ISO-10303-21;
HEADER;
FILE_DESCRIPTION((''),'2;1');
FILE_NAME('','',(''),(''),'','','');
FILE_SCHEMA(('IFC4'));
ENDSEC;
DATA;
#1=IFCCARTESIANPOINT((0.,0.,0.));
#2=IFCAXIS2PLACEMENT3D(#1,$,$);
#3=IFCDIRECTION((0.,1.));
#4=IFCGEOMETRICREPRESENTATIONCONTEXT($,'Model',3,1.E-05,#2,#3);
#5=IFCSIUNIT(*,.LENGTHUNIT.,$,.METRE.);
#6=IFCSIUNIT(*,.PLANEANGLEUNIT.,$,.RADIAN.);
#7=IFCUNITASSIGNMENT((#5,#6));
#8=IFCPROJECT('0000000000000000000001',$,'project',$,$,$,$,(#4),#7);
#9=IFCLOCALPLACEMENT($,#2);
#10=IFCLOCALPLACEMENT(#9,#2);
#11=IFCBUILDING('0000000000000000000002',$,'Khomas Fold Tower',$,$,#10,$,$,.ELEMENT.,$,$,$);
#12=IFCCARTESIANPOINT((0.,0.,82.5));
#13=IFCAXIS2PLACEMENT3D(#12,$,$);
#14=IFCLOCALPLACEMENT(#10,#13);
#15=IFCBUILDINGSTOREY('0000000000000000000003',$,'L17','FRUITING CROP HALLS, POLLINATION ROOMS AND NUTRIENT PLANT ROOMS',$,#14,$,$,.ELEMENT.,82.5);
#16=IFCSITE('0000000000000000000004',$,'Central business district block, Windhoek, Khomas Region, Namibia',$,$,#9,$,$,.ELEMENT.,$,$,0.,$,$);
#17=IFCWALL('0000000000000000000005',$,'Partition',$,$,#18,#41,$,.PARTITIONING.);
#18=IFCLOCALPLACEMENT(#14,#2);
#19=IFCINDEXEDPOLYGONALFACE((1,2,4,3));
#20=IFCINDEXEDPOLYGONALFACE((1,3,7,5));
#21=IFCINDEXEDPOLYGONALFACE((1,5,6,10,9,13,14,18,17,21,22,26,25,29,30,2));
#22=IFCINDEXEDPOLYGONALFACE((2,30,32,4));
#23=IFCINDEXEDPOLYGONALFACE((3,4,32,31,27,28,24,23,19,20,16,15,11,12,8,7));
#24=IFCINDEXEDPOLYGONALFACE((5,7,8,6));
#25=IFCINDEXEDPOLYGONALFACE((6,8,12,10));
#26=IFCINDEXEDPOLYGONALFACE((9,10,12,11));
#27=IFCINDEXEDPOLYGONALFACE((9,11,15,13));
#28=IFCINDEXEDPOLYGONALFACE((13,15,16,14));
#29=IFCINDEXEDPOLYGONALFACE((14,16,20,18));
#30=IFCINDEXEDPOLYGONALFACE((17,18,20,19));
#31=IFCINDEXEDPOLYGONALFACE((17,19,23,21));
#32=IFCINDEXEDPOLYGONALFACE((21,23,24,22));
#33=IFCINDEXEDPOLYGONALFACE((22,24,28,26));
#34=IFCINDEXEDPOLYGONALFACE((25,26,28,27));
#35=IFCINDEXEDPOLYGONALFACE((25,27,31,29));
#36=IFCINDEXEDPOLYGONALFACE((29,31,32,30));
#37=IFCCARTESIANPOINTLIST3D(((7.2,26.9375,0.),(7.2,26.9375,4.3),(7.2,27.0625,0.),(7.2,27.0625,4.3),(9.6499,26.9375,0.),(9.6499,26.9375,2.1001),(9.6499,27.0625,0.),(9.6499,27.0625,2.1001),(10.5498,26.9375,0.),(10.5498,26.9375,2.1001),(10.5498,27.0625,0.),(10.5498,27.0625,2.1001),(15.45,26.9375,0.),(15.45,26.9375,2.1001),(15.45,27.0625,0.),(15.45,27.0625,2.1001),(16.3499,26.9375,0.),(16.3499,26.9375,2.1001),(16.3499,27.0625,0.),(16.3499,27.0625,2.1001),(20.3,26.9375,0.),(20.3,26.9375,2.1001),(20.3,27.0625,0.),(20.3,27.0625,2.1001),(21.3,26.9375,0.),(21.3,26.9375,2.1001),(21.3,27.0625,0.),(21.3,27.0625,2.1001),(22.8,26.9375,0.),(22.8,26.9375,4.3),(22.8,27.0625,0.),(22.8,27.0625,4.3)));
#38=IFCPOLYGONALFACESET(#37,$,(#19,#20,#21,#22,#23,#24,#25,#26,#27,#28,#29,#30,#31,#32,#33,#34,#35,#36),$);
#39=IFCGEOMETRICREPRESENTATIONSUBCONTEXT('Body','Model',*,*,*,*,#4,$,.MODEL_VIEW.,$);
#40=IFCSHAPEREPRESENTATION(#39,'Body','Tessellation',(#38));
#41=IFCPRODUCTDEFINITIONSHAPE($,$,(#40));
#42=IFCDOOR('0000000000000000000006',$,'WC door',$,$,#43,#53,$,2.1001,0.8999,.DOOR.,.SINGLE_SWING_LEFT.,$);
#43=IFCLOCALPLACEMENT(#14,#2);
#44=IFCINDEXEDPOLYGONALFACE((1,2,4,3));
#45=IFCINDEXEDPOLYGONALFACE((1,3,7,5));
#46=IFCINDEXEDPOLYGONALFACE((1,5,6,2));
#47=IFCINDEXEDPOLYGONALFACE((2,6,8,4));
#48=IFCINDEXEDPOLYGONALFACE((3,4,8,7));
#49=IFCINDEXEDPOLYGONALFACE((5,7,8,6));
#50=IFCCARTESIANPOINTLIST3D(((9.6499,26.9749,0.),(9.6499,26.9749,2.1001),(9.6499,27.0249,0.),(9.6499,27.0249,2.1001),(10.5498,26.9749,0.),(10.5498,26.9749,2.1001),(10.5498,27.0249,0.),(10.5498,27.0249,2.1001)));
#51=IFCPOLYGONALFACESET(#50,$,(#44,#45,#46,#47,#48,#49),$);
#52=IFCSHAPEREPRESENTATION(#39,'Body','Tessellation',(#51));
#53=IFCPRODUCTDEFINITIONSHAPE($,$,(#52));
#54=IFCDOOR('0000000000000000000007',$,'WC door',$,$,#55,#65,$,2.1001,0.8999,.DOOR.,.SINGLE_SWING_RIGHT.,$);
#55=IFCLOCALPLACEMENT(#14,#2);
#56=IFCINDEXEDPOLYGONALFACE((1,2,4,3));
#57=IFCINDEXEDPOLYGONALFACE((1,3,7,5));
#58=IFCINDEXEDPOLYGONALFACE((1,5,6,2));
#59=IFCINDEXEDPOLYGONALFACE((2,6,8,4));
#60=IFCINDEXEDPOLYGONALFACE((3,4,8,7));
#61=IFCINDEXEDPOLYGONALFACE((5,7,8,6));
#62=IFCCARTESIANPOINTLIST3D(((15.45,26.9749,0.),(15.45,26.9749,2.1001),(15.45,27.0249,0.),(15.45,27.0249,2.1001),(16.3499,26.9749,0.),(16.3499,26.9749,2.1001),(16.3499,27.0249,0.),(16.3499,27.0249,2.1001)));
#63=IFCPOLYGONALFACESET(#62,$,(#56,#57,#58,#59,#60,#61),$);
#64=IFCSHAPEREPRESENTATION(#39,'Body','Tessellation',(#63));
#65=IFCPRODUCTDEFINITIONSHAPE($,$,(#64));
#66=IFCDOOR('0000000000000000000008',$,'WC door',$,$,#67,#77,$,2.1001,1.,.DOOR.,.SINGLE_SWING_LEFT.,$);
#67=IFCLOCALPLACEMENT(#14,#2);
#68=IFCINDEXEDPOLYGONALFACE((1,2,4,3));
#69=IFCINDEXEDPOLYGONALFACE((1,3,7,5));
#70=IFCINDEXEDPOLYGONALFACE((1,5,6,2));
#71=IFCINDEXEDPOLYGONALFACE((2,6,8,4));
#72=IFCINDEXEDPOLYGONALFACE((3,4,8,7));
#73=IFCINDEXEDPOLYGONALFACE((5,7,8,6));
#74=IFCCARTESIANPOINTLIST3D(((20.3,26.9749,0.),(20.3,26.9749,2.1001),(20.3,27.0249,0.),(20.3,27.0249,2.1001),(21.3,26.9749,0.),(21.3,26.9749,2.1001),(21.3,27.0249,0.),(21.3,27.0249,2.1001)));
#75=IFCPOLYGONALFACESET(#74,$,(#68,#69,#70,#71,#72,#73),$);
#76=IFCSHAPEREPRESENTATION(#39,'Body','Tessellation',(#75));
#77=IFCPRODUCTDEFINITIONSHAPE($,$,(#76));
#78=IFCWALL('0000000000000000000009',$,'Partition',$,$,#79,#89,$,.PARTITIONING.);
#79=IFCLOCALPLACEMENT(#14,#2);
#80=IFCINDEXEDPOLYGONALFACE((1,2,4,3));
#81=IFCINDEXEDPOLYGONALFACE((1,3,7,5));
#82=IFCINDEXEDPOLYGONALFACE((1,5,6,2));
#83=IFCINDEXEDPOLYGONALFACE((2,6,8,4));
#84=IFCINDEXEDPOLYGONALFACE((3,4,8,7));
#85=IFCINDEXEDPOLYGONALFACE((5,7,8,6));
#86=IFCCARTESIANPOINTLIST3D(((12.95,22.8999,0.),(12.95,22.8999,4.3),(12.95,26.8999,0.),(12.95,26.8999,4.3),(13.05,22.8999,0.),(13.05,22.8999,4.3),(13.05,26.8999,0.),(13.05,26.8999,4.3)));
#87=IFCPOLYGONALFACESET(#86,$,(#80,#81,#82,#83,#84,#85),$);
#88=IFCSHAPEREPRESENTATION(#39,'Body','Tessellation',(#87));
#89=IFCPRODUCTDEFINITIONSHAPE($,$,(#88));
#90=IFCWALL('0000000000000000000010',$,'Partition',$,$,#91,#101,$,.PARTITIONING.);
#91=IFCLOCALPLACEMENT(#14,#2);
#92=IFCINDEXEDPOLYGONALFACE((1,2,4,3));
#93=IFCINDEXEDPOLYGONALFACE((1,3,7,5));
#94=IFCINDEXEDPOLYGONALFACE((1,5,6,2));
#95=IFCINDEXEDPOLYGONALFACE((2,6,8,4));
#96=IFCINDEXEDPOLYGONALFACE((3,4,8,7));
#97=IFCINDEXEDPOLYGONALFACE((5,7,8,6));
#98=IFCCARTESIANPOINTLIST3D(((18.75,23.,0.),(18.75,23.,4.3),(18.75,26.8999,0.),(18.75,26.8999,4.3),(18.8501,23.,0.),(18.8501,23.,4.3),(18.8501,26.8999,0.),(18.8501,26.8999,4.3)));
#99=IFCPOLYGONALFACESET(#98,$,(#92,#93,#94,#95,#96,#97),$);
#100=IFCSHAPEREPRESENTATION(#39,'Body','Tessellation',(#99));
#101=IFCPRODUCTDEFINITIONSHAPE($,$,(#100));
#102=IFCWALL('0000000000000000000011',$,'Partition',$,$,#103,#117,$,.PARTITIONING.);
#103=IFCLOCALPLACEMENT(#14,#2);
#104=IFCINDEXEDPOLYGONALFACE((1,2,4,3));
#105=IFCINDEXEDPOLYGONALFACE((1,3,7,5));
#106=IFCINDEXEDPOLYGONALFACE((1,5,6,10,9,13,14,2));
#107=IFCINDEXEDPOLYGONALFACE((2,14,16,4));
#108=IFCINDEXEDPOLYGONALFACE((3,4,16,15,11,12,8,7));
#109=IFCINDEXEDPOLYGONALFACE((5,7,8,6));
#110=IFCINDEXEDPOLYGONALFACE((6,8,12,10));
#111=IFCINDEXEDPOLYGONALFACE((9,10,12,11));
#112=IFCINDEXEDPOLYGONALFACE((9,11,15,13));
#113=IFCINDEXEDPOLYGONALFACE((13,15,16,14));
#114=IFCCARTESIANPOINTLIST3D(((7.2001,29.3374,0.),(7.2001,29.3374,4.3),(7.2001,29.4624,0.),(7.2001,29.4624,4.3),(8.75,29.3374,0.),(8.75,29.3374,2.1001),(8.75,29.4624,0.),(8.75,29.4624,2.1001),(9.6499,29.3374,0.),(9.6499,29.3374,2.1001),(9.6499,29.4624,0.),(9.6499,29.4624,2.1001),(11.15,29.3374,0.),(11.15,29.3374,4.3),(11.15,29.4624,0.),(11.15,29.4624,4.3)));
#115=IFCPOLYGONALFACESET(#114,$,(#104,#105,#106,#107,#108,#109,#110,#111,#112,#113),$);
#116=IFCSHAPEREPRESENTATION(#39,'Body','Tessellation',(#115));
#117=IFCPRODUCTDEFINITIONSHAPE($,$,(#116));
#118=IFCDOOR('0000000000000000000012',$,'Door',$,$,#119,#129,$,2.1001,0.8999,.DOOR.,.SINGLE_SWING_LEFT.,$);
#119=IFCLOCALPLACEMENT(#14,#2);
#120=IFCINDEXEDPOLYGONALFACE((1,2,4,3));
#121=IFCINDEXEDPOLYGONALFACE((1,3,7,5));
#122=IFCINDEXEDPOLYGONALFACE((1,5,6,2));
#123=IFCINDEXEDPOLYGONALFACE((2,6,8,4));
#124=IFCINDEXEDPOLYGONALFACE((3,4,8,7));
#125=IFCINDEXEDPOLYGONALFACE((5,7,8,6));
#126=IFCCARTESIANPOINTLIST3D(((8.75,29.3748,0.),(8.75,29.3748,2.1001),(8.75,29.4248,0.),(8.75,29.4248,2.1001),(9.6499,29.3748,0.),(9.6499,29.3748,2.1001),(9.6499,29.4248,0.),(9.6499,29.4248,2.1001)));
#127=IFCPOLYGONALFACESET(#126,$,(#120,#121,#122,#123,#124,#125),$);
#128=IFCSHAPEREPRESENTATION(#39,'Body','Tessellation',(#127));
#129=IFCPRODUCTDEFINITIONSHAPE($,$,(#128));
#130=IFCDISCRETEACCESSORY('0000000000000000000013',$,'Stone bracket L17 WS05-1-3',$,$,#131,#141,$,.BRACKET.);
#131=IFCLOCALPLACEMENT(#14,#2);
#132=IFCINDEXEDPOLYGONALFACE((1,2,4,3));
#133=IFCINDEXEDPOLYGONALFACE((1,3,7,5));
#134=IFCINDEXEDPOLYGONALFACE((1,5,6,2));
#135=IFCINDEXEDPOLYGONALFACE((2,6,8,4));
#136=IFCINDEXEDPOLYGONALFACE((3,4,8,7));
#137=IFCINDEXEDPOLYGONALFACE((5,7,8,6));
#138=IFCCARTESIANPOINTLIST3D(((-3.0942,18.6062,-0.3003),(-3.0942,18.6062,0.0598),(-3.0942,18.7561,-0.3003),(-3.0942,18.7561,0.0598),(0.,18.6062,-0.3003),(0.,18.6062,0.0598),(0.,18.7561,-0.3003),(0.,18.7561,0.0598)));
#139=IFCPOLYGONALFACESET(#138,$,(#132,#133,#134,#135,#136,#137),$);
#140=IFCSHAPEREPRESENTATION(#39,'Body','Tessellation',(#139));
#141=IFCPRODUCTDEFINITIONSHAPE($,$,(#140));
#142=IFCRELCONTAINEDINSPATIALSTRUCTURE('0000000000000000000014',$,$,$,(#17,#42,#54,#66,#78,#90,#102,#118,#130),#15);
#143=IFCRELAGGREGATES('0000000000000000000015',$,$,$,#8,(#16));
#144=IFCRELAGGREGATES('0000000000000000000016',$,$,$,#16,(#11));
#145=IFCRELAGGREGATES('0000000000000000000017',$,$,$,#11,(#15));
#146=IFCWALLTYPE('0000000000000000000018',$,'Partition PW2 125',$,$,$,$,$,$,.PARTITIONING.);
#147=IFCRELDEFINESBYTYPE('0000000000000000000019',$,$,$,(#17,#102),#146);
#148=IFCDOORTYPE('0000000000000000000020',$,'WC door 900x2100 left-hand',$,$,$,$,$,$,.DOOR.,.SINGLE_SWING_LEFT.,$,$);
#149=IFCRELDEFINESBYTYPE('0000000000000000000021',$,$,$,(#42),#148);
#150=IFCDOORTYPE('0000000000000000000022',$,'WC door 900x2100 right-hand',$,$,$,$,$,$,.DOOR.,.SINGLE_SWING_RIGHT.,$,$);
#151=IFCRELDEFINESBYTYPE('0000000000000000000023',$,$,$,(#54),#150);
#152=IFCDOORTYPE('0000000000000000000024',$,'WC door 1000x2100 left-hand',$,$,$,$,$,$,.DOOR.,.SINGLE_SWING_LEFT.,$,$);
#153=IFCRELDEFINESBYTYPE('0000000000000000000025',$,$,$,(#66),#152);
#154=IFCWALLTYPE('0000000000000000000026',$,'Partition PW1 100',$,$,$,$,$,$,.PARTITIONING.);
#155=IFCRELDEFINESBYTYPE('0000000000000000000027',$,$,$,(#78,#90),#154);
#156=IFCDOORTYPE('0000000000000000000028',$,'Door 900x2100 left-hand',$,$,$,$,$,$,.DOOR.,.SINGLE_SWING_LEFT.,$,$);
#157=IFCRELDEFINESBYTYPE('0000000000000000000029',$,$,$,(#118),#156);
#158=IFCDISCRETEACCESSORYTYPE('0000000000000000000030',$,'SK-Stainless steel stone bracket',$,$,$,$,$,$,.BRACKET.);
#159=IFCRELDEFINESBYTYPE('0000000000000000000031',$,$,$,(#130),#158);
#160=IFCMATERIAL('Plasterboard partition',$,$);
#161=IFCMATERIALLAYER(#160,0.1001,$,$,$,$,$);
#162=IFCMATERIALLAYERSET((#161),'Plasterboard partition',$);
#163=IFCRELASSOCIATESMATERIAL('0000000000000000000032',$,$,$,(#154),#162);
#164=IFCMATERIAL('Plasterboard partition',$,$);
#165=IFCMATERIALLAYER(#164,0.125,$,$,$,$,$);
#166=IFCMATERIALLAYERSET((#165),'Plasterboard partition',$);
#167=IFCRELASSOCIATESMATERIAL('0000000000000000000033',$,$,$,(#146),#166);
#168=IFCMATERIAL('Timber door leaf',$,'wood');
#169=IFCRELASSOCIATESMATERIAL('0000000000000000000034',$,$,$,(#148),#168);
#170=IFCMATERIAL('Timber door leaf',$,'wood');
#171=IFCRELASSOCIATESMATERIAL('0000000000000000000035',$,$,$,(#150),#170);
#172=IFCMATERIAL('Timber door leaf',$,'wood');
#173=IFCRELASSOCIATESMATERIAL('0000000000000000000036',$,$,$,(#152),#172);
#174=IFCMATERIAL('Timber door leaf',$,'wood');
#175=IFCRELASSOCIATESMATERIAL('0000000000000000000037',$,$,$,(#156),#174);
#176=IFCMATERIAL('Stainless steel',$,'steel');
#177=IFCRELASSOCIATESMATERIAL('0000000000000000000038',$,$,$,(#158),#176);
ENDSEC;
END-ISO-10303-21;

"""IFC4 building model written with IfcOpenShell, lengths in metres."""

from ifc_helpers import new_model, si_unit, direction, frame, frame_2d, origin, origin_2d, place, context, subcontext, project, spatial, rectangle, extrude, source, transform, mapped, material, layer, layer_set, type_object, element, fill, save


model = new_model("IFC4")

# Units and contexts
model_context = context("Model", 3, precision=1e-05, world=origin(), true_north=direction((0.0, 1.0)))
body_context = subcontext(model_context, "Body", "Model", "MODEL_VIEW")
ifc_project = project(units=[si_unit("LENGTHUNIT", "METRE"), si_unit("PLANEANGLEUNIT", "RADIAN")], contexts=[model_context])

# Site, building, storey
site_placement = place(None, origin())
site = spatial("IfcSite", under=ifc_project, at=site_placement, Name="Central business district block, Windhoek, Khomas Region, Namibia", CompositionType="ELEMENT", RefElevation=0.0)
building_placement = place(site_placement, origin())
building = spatial("IfcBuilding", under=site, at=building_placement, Name="Khomas Fold Tower", CompositionType="ELEMENT")
storey_placement = place(building_placement, frame((0.0, 0.0, 82.5)))
storey = spatial("IfcBuildingStorey", under=building, at=storey_placement, Name="L17", Description="FRUITING CROP HALLS, POLLINATION ROOMS AND NUTRIENT PLANT ROOMS", CompositionType="ELEMENT", Elevation=82.5)

# Shared definitions
ifc_material_1 = material(Name="Plasterboard partition")
ifc_layer_1 = layer(ifc_material_1, 0.1001)
ifc_layer_set_1 = layer_set([ifc_layer_1], Name="Plasterboard partition")
wall_type_1 = type_object("IfcWallType", Name="Partition PW1 100", PredefinedType="PARTITIONING", material=ifc_layer_set_1)

# Wall, openings, doors
ifc_material_2 = material(Name="Plasterboard partition")
ifc_layer_2 = layer(ifc_material_2, 0.125)
ifc_layer_set_2 = layer_set([ifc_layer_2], Name="Plasterboard partition")
wall_type_2 = type_object("IfcWallType", Name="Partition PW2 125", PredefinedType="PARTITIONING", material=ifc_layer_set_2)
shared_shape_1 = source(origin(), body_context, "Body", "SweptSolid", [
    extrude(rectangle(XDim=15.6001, YDim=0.125, at=frame_2d((7.8, 0.0))), origin(), (0.0, 0.0, 1.0), 4.3),
])
wall_1_placement = place(storey_placement, frame((7.2, 27.0, 0.0), z_axis=(0.0, 0.0, 1.0), x_axis=(1.0, 0.0, 0.0)))
wall_1 = element("IfcWall", 1, at=wall_1_placement, inside=storey, type_object=wall_type_2, Name="Partition", PredefinedType="PARTITIONING", context=body_context, shape_type="MappedRepresentation", body=[
    mapped(shared_shape_1, transform((0.0, 0.0, 0.0))),
])
shared_shape_2 = source(origin(), body_context, "Body", "SweptSolid", [
    extrude(rectangle(XDim=0.8999, YDim=2.1001, at=frame_2d((0.45, 1.05))), frame((0.0, 0.0725, 0.0), z_axis=(0.0, -1.0, 0.0), x_axis=(1.0, 0.0, 0.0)), (0.0, 0.0, 1.0), 0.145),
])
opening_1_placement = place(wall_1_placement, frame((2.45, 0.0, 0.0)))
opening_1 = element("IfcOpeningElement", 2, at=opening_1_placement, cuts=wall_1, PredefinedType="OPENING", context=body_context, shape_type="MappedRepresentation", body=[
    mapped(shared_shape_2, transform((0.0, 0.0, 0.0))),
])
opening_2_placement = place(wall_1_placement, frame((8.25, 0.0, 0.0)))
opening_2 = element("IfcOpeningElement", 3, at=opening_2_placement, cuts=wall_1, PredefinedType="OPENING", context=body_context, shape_type="MappedRepresentation", body=[
    mapped(shared_shape_2, transform((0.0, 0.0, 0.0))),
])
shared_shape_3 = source(origin(), body_context, "Body", "SweptSolid", [
    extrude(rectangle(XDim=1.0, YDim=2.1001, at=frame_2d((0.5, 1.05))), frame((0.0, 0.0725, 0.0), z_axis=(0.0, -1.0, 0.0), x_axis=(1.0, 0.0, 0.0)), (0.0, 0.0, 1.0), 0.145),
])
opening_3_placement = place(wall_1_placement, frame((13.1001, 0.0, 0.0)))
opening_3 = element("IfcOpeningElement", 4, at=opening_3_placement, cuts=wall_1, PredefinedType="OPENING", context=body_context, shape_type="MappedRepresentation", body=[
    mapped(shared_shape_3, transform((0.0, 0.0, 0.0))),
])
ifc_material_3 = material(Name="Timber door leaf", Category="wood")
door_type_1 = type_object("IfcDoorType", Name="WC door 900x2100 left-hand", OperationType="SINGLE_SWING_LEFT", PredefinedType="DOOR", material=ifc_material_3)
shared_shape_4 = source(origin(), body_context, "Body", "SweptSolid", [
    extrude(rectangle(XDim=0.8999, YDim=2.1001, at=frame_2d((0.45, 1.05))), frame((0.0, 0.0249, 0.0), z_axis=(0.0, -1.0, 0.0), x_axis=(1.0, 0.0, 0.0)), (0.0, 0.0, 1.0), 0.05),
])
door_1_placement = place(opening_1_placement, origin())
door_1 = element("IfcDoor", 5, at=door_1_placement, inside=storey, type_object=door_type_1, Name="WC door", OperationType="SINGLE_SWING_LEFT", OverallHeight=2.1001, OverallWidth=0.8999, PredefinedType="DOOR", context=body_context, shape_type="MappedRepresentation", body=[
    mapped(shared_shape_4, transform((0.0, 0.0, 0.0))),
])
fill(opening_1, door_1)
ifc_material_4 = material(Name="Timber door leaf", Category="wood")
door_type_2 = type_object("IfcDoorType", Name="WC door 900x2100 right-hand", OperationType="SINGLE_SWING_RIGHT", PredefinedType="DOOR", material=ifc_material_4)
door_2_placement = place(opening_2_placement, origin())
door_2 = element("IfcDoor", 6, at=door_2_placement, inside=storey, type_object=door_type_2, Name="WC door", OperationType="SINGLE_SWING_RIGHT", OverallHeight=2.1001, OverallWidth=0.8999, PredefinedType="DOOR", context=body_context, shape_type="MappedRepresentation", body=[
    mapped(shared_shape_4, transform((0.0, 0.0, 0.0))),
])
fill(opening_2, door_2)
ifc_material_5 = material(Name="Timber door leaf", Category="wood")
door_type_3 = type_object("IfcDoorType", Name="WC door 1000x2100 left-hand", OperationType="SINGLE_SWING_LEFT", PredefinedType="DOOR", material=ifc_material_5)
shared_shape_5 = source(origin(), body_context, "Body", "SweptSolid", [
    extrude(rectangle(XDim=1.0, YDim=2.1001, at=frame_2d((0.5, 1.05))), frame((0.0, 0.0249, 0.0), z_axis=(0.0, -1.0, 0.0), x_axis=(1.0, 0.0, 0.0)), (0.0, 0.0, 1.0), 0.05),
])
door_3_placement = place(opening_3_placement, origin())
door_3 = element("IfcDoor", 7, at=door_3_placement, inside=storey, type_object=door_type_3, Name="WC door", OperationType="SINGLE_SWING_LEFT", OverallHeight=2.1001, OverallWidth=1.0, PredefinedType="DOOR", context=body_context, shape_type="MappedRepresentation", body=[
    mapped(shared_shape_5, transform((0.0, 0.0, 0.0))),
])
fill(opening_3, door_3)

# Walls
shared_shape_6 = source(origin(), body_context, "Body", "SweptSolid", [
    extrude(rectangle(XDim=4.0, YDim=0.1001, at=frame_2d((2.0, 0.0))), origin(), (0.0, 0.0, 1.0), 4.3),
])
wall_2_placement = place(storey_placement, frame((13.0, 22.8999, 0.0), z_axis=(0.0, 0.0, 1.0), x_axis=(0.0, 1.0, 0.0)))
element("IfcWall", 8, at=wall_2_placement, inside=storey, type_object=wall_type_1, Name="Partition", PredefinedType="PARTITIONING", context=body_context, shape_type="MappedRepresentation", body=[
    mapped(shared_shape_6, transform((0.0, 0.0, 0.0))),
])
shared_shape_7 = source(origin(), body_context, "Body", "SweptSolid", [
    extrude(rectangle(XDim=3.8999, YDim=0.1001, at=frame_2d((1.95, 0.0))), origin(), (0.0, 0.0, 1.0), 4.3),
])
wall_3_placement = place(storey_placement, frame((18.8, 23.0, 0.0), z_axis=(0.0, 0.0, 1.0), x_axis=(0.0, 1.0, 0.0)))
element("IfcWall", 9, at=wall_3_placement, inside=storey, type_object=wall_type_1, Name="Partition", PredefinedType="PARTITIONING", context=body_context, shape_type="MappedRepresentation", body=[
    mapped(shared_shape_7, transform((0.0, 0.0, 0.0))),
])

# Wall, opening, door
shared_shape_8 = source(origin(), body_context, "Body", "SweptSolid", [
    extrude(rectangle(XDim=3.95, YDim=0.125, at=frame_2d((1.9751, 0.0))), origin(), (0.0, 0.0, 1.0), 4.3),
])
wall_4_placement = place(storey_placement, frame((7.2, 29.3999, 0.0), z_axis=(0.0, 0.0, 1.0), x_axis=(1.0, 0.0, 0.0)))
wall_4 = element("IfcWall", 10, at=wall_4_placement, inside=storey, type_object=wall_type_2, Name="Partition", PredefinedType="PARTITIONING", context=body_context, shape_type="MappedRepresentation", body=[
    mapped(shared_shape_8, transform((0.0, 0.0, 0.0))),
])
opening_4_placement = place(wall_4_placement, frame((1.55, 0.0, 0.0)))
opening_4 = element("IfcOpeningElement", 11, at=opening_4_placement, cuts=wall_4, PredefinedType="OPENING", context=body_context, shape_type="MappedRepresentation", body=[
    mapped(shared_shape_2, transform((0.0, 0.0, 0.0))),
])
ifc_material_6 = material(Name="Timber door leaf", Category="wood")
door_type_4 = type_object("IfcDoorType", Name="Door 900x2100 left-hand", OperationType="SINGLE_SWING_LEFT", PredefinedType="DOOR", material=ifc_material_6)
door_4_placement = place(opening_4_placement, origin())
door_4 = element("IfcDoor", 12, at=door_4_placement, inside=storey, type_object=door_type_4, Name="Door", OperationType="SINGLE_SWING_LEFT", OverallHeight=2.1001, OverallWidth=0.8999, PredefinedType="DOOR", context=body_context, shape_type="MappedRepresentation", body=[
    mapped(shared_shape_4, transform((0.0, 0.0, 0.0))),
])
fill(opening_4, door_4)

# Discrete accessory
ifc_material_7 = material(Name="Stainless steel", Category="steel")
discrete_accessory_type = type_object("IfcDiscreteAccessoryType", Name="SK-Stainless steel stone bracket", PredefinedType="BRACKET", material=ifc_material_7)
shared_shape_9 = source(origin(), body_context, "Body", "SweptSolid", [
    extrude(rectangle(XDim=3.0942, YDim=0.1499, at=origin_2d()), origin(), (0.0, 0.0, 1.0), 0.3601),
])
discrete_accessory_placement = place(storey_placement, frame((-1.5471, 18.6812, -0.3003), z_axis=(0.0, 0.0, 1.0), x_axis=(-1.0, 0.0, 0.0)))
element("IfcDiscreteAccessory", 13, at=discrete_accessory_placement, inside=storey, type_object=discrete_accessory_type, Name="Stone bracket L17 WS05-1-3", PredefinedType="BRACKET", context=body_context, shape_type="MappedRepresentation", body=[
    mapped(shared_shape_9, transform((0.0, 0.0, 0.0))),
])

save(model, "model.ifc")
